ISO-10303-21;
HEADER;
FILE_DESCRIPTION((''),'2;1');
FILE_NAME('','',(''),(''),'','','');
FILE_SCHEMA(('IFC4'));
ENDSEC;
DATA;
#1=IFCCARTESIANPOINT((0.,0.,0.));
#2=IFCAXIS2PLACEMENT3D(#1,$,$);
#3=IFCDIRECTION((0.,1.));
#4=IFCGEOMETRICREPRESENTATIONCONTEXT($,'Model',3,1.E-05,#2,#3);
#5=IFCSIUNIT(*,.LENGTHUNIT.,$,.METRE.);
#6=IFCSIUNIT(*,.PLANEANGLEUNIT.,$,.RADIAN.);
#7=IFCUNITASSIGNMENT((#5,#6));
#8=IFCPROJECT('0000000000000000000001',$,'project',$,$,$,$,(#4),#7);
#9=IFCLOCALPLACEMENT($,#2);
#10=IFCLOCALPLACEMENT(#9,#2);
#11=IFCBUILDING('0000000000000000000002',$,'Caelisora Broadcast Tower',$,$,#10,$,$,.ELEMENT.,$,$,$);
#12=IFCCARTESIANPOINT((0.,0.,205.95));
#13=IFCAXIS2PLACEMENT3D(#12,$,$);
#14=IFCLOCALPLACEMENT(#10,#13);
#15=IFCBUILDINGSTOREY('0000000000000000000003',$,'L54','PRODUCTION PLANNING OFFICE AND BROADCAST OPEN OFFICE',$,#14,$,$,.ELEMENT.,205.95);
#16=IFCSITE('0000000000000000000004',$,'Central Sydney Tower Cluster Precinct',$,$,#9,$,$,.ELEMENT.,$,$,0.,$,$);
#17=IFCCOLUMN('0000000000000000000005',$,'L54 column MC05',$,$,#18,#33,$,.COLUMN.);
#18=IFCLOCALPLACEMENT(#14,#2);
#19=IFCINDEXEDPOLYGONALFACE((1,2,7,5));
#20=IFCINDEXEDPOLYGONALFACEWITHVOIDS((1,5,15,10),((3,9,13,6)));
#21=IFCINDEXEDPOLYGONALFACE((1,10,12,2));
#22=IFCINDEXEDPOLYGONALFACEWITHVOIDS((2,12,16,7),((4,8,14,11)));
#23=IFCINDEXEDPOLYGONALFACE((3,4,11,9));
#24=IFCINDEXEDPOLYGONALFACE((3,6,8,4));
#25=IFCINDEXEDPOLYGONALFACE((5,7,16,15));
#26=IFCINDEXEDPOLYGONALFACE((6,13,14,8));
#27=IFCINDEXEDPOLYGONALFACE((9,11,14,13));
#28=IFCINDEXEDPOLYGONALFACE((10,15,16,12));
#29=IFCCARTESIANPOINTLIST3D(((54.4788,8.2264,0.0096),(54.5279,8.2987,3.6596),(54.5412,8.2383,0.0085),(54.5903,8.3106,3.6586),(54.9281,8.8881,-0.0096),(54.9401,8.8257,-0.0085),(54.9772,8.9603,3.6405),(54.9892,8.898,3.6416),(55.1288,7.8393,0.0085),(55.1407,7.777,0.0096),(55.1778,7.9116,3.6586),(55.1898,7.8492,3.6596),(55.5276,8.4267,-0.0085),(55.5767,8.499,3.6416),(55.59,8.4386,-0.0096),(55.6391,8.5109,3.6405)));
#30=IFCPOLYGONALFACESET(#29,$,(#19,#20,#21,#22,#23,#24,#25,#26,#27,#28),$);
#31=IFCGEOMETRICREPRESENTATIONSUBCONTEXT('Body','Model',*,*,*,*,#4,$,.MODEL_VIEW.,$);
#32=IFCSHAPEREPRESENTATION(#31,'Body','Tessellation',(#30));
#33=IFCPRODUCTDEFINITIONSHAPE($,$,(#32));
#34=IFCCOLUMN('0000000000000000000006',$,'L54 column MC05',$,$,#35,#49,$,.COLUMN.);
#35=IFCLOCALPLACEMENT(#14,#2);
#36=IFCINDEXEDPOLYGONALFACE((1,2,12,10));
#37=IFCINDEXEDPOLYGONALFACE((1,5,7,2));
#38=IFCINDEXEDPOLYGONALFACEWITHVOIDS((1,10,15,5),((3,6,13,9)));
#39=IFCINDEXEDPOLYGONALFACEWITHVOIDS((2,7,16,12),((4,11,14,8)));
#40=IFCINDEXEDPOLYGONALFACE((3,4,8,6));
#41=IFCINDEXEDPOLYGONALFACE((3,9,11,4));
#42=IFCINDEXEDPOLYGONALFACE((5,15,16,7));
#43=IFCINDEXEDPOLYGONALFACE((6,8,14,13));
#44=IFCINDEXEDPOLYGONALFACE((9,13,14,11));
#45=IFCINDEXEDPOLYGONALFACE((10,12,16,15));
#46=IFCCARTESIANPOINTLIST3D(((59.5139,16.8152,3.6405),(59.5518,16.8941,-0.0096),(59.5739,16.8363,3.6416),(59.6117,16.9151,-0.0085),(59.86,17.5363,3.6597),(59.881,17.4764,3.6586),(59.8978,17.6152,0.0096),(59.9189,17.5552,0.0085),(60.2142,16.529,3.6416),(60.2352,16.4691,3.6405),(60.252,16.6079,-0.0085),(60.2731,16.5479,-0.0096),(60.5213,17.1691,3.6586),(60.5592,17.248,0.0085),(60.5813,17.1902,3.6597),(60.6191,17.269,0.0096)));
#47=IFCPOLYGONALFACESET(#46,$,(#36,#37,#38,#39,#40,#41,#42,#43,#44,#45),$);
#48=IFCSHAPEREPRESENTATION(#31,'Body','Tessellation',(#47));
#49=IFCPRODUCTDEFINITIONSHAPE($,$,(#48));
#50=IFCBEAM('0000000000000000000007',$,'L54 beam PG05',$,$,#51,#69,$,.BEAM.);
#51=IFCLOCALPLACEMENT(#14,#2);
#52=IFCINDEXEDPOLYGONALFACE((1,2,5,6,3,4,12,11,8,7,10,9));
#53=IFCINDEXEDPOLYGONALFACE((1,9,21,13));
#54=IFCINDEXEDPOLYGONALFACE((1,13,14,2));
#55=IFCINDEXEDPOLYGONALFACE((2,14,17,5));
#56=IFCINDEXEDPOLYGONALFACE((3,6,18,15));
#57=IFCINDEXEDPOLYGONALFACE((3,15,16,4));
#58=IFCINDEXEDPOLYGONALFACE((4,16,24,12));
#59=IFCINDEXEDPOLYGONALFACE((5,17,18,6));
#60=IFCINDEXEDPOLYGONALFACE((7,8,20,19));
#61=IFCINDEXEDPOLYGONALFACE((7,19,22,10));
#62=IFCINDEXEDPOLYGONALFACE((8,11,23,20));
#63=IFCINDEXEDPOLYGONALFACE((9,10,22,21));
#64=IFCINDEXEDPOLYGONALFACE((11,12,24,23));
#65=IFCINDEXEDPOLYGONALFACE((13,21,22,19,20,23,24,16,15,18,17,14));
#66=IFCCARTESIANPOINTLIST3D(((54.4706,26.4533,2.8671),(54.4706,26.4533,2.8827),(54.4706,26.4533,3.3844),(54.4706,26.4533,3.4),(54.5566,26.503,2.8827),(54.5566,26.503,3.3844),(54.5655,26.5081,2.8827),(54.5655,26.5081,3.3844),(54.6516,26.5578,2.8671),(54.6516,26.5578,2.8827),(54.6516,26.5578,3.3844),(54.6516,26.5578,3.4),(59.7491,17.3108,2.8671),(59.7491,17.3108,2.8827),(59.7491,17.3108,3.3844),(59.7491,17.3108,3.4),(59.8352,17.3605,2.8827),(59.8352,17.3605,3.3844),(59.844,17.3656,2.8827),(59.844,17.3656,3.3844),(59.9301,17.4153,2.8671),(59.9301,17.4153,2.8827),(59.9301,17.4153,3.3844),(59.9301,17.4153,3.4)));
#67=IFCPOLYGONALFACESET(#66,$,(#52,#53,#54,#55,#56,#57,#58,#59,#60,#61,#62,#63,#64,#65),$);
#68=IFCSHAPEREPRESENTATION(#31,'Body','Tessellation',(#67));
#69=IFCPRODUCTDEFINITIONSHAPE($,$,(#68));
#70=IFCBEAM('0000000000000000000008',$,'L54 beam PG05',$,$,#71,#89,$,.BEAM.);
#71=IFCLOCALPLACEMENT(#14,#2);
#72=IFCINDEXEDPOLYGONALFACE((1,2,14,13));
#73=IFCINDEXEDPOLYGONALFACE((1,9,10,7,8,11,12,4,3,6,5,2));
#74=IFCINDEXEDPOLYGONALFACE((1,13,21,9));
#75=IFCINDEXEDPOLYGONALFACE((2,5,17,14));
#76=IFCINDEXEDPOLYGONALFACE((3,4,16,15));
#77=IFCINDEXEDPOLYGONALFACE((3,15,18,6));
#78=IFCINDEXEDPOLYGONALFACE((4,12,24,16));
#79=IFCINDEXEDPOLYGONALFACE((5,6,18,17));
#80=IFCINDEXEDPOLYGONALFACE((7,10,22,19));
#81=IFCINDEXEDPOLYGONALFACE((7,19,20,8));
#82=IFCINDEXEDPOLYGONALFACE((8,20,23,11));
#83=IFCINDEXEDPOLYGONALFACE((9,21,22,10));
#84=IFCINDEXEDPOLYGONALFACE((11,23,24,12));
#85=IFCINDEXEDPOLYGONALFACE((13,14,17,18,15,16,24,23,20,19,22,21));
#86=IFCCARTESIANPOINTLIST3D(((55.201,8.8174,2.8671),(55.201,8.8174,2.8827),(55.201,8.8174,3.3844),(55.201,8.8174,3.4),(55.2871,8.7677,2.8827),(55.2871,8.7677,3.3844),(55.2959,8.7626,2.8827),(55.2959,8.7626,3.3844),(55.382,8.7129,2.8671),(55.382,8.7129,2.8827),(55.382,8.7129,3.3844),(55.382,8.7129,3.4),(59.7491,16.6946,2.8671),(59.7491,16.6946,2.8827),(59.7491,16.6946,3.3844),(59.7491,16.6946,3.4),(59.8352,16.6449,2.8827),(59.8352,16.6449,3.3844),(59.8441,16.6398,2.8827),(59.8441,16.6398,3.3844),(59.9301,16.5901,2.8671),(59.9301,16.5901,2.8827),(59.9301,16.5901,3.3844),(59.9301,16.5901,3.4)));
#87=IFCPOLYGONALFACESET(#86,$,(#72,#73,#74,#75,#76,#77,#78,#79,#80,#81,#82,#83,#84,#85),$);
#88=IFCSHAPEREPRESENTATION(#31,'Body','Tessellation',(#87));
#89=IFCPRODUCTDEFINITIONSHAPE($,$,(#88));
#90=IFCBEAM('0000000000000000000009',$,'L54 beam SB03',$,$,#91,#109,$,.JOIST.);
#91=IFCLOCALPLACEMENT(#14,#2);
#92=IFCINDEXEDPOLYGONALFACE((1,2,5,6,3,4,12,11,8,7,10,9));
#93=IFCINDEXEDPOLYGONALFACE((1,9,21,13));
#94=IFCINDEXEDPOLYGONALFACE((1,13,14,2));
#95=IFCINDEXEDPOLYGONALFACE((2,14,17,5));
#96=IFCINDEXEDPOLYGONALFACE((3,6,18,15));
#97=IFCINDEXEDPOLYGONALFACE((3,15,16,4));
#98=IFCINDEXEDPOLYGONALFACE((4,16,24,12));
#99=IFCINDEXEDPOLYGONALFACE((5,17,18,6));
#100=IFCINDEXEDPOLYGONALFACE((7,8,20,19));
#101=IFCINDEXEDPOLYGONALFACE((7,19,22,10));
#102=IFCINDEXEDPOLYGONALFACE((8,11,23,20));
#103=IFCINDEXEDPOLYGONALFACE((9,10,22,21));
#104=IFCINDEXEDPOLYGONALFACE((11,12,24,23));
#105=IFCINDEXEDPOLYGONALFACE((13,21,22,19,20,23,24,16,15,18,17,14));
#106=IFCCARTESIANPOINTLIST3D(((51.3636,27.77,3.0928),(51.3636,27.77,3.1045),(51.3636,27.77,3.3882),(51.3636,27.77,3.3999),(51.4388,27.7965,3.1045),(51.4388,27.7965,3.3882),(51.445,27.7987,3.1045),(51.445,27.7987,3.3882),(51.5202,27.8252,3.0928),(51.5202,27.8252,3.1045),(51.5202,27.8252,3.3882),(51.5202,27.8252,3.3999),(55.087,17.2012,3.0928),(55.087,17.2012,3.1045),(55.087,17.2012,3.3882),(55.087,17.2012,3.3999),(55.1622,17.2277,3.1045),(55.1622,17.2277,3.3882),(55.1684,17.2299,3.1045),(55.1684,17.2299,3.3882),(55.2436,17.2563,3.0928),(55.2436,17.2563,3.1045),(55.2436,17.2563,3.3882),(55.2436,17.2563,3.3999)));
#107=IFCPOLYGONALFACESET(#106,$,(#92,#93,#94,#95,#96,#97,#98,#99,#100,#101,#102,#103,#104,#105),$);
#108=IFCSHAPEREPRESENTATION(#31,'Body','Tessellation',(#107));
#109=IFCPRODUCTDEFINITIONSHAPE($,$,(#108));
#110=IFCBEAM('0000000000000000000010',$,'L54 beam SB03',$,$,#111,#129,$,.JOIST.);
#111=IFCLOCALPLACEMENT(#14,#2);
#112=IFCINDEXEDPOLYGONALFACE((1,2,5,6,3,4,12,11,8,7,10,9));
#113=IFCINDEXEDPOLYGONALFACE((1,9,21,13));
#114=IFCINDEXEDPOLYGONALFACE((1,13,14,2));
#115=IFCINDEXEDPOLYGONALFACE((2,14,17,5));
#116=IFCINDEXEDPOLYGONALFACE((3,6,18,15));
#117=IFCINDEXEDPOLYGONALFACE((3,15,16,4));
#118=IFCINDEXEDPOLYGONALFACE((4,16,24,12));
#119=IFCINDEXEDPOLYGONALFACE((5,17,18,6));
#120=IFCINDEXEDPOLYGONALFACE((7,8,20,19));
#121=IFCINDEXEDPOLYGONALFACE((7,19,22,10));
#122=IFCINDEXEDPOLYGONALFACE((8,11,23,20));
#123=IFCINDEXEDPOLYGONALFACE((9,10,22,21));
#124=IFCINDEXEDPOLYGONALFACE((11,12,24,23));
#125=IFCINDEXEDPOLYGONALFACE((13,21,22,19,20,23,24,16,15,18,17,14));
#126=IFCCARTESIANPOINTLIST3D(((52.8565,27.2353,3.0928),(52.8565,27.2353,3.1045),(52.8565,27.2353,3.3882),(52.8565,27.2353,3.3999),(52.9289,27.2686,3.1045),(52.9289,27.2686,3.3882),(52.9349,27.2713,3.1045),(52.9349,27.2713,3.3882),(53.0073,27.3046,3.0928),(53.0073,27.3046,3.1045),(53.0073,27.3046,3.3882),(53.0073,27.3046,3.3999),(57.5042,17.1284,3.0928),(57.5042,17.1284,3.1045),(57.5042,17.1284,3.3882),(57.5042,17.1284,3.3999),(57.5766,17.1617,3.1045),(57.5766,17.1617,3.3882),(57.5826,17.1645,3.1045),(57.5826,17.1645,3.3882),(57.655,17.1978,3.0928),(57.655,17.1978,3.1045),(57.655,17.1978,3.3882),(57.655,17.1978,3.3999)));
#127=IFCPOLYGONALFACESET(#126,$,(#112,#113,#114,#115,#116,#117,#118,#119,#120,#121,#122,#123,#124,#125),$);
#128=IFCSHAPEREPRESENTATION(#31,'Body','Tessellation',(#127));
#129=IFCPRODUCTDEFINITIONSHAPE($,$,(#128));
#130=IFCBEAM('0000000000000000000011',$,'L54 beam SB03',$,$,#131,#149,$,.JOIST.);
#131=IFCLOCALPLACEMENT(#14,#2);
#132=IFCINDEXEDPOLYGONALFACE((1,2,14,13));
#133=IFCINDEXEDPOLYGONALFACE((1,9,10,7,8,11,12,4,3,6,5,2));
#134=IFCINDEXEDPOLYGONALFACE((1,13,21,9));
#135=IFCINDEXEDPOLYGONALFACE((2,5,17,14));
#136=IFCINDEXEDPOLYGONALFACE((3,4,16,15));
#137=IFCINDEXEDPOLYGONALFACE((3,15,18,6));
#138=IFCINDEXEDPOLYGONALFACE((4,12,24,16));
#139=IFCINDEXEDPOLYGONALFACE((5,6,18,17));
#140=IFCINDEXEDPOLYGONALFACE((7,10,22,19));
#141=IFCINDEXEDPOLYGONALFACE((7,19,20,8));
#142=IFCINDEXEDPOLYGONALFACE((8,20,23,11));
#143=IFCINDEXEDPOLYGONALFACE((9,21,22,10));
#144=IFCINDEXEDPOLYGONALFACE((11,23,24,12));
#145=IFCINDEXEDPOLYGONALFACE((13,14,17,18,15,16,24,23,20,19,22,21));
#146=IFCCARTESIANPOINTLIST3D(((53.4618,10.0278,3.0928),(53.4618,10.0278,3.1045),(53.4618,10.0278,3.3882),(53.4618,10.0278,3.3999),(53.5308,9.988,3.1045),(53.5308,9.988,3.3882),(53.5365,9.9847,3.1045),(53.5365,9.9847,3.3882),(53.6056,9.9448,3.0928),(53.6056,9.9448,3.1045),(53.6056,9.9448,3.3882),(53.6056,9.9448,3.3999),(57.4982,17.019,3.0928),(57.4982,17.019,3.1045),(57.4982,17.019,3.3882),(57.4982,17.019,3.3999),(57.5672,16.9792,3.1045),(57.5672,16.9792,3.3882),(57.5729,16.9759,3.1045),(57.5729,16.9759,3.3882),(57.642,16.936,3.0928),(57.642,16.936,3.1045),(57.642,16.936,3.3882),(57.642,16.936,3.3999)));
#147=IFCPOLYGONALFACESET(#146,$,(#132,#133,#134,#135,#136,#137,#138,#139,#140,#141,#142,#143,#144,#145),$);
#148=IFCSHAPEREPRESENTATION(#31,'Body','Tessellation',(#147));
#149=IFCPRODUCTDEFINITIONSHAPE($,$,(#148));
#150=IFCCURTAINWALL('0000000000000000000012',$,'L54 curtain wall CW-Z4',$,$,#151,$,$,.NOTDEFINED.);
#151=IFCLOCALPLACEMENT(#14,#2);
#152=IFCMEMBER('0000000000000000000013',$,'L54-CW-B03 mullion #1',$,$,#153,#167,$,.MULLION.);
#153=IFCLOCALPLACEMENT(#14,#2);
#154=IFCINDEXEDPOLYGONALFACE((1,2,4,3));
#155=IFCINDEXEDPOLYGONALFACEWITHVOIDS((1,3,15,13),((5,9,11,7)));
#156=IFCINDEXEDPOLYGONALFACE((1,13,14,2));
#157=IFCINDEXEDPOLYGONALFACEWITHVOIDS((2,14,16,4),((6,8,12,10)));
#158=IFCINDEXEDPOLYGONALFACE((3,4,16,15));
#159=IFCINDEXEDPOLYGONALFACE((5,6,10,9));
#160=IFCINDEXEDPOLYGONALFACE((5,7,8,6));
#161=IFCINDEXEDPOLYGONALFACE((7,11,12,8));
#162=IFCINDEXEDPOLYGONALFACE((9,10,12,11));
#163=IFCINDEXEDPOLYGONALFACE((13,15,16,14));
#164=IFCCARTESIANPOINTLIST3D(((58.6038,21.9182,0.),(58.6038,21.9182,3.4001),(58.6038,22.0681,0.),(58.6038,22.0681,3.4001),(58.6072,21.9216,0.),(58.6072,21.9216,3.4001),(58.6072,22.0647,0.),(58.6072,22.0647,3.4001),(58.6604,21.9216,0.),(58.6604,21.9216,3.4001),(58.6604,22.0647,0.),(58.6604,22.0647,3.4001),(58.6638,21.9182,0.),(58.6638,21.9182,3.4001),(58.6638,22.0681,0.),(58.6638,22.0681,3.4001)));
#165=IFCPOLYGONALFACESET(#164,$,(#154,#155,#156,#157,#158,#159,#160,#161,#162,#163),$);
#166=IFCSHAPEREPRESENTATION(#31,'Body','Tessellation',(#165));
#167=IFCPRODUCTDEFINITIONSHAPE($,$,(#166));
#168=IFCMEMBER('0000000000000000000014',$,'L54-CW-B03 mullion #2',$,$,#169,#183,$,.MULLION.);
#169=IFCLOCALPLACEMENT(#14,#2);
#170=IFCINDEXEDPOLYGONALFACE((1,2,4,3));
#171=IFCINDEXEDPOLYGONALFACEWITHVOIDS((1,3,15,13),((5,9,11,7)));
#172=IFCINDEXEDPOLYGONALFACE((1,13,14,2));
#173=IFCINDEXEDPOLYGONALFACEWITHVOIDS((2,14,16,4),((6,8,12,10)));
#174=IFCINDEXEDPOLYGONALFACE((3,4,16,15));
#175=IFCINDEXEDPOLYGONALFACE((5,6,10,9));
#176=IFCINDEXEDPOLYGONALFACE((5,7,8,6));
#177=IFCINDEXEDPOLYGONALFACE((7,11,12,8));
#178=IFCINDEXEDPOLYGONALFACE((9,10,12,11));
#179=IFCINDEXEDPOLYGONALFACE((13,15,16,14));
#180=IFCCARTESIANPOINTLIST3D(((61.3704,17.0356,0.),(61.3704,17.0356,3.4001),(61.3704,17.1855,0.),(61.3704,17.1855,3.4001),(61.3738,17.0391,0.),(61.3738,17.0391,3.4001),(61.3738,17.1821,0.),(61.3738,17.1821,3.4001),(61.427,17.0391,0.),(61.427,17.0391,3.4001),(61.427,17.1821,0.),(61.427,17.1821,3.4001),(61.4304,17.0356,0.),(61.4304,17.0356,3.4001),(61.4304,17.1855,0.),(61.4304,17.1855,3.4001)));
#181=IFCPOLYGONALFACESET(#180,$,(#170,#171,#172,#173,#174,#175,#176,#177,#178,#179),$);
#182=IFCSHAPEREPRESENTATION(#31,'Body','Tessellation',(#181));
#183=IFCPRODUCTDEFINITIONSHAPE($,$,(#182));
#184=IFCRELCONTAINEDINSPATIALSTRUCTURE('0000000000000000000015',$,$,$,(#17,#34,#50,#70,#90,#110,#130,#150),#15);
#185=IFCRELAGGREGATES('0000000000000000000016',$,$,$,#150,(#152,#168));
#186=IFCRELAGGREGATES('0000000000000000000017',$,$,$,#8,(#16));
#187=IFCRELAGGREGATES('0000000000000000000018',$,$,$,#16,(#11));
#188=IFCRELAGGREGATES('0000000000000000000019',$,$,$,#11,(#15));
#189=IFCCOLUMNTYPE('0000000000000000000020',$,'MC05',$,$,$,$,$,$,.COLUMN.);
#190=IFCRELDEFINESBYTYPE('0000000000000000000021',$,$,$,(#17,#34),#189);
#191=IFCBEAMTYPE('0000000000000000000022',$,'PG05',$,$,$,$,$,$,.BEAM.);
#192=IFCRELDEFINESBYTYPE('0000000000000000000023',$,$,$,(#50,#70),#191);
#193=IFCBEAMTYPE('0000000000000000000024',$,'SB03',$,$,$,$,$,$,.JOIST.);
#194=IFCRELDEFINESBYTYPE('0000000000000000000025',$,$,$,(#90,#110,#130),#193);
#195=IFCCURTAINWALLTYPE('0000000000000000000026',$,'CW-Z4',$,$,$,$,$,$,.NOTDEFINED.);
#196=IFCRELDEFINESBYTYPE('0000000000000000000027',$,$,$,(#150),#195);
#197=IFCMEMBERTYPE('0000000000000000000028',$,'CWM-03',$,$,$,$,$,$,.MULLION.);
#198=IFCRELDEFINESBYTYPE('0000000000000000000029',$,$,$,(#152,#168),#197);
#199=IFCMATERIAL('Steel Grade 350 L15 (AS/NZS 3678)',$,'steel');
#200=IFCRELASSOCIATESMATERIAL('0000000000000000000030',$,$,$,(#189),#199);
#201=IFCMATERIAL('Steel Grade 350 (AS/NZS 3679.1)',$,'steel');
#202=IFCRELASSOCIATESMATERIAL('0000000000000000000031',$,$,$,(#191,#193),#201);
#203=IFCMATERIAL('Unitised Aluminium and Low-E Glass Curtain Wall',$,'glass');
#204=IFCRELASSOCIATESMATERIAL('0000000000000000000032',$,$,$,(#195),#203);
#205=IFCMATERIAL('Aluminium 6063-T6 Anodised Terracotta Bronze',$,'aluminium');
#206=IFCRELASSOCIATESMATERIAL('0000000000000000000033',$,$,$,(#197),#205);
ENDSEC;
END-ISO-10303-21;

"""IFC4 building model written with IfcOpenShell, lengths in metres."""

from ifc_helpers import new_model, si_unit, direction, frame, origin, origin_2d, place, context, subcontext, project, spatial, hollow_rectangle, i_section, extrude, source, transform, mapped, material, material_profile, profile_set, type_object, type_shapes, element, aggregate, save


model = new_model("IFC4")

# Units and contexts
model_context = context("Model", 3, precision=1e-05, world=origin(), true_north=direction((0.0, 1.0)))
body_context = subcontext(model_context, "Body", "Model", "MODEL_VIEW")
ifc_project = project(units=[si_unit("LENGTHUNIT", "METRE"), si_unit("PLANEANGLEUNIT", "RADIAN")], contexts=[model_context])

# Site, building, storey
site_placement = place(None, origin())
site = spatial("IfcSite", under=ifc_project, at=site_placement, Name="Central Sydney Tower Cluster Precinct", CompositionType="ELEMENT", RefElevation=0.0)
building_placement = place(site_placement, origin())
building = spatial("IfcBuilding", under=site, at=building_placement, Name="Caelisora Broadcast Tower", CompositionType="ELEMENT")
storey_placement = place(building_placement, frame((0.0, 0.0, 205.95)))
storey = spatial("IfcBuildingStorey", under=building, at=storey_placement, Name="L54", Description="PRODUCTION PLANNING OFFICE AND BROADCAST OPEN OFFICE", CompositionType="ELEMENT", Elevation=205.95)

# Columns
ifc_material_1 = material(Name="Steel Grade 350 L15 (AS/NZS 3678)", Category="steel")
ifc_material_profile_1 = material_profile(ifc_material_1, hollow_rectangle(XDim=0.8, YDim=0.8, WallThickness=0.0449, at=origin_2d()), Name="Steel Grade 350 L15 (AS/NZS 3678)")
ifc_profile_set_1 = profile_set([ifc_material_profile_1], Name="Steel Grade 350 L15 (AS/NZS 3678)")
column_type = type_object("IfcColumnType", Name="MC05", PredefinedType="COLUMN", material=ifc_profile_set_1)
shared_shape_1 = source(origin(), body_context, "Body", "SweptSolid", [
    extrude(hollow_rectangle(XDim=0.8, YDim=0.8, WallThickness=0.0449, at=origin_2d()), origin(), (0.0, 0.0, 1.0), 3.6511),
])
type_shapes(column_type, [shared_shape_1])
for number, where, z_axis, x_axis, name in (
    (1, (55.0344, 8.3325, 0.0), (0.01344, 0.019792, 0.999714), (-0.82729, 0.561775, 0.0), "L54 column MC05"),
    (2, (60.0854, 17.0815, 0.0), (-0.010364, -0.021598, 0.999713), (0.901567, -0.43264, 0.0), "L54 column MC05"),
):
    element("IfcColumn", number, at=place(storey_placement, frame(where, z_axis=z_axis, x_axis=x_axis)), inside=storey, type_object=column_type, Name=name, PredefinedType="COLUMN", context=body_context, shape_type="MappedRepresentation", body=[
        mapped(shared_shape_1, transform((0.0, 0.0, 0.0), scale=1.0)),
    ])

# Beams
ifc_material_2 = material(Name="Steel Grade 350 (AS/NZS 3679.1)", Category="steel")
ifc_material_profile_2 = material_profile(ifc_material_2, i_section(OverallWidth=0.209, OverallDepth=0.533, WebThickness=0.0103, FlangeThickness=0.0156, at=origin_2d()), Name="Steel Grade 350 (AS/NZS 3679.1)")
ifc_profile_set_2 = profile_set([ifc_material_profile_2], Name="Steel Grade 350 (AS/NZS 3679.1)")
beam_type_1 = type_object("IfcBeamType", Name="PG05", PredefinedType="BEAM", material=ifc_profile_set_2)
shared_shape_2 = source(origin(), body_context, "Body", "SweptSolid", [
    extrude(i_section(OverallWidth=0.209, OverallDepth=0.533, WebThickness=0.0103, FlangeThickness=0.0156, at=origin_2d()), origin(), (0.0, 0.0, 1.0), 10.5569),
])
beam_1_placement = place(storey_placement, frame((59.8396, 17.363, 3.1335), z_axis=(-0.500007, 0.866022, 0.0), x_axis=(-0.866022, -0.500007, 0.0)))
element("IfcBeam", 3, at=beam_1_placement, inside=storey, type_object=beam_type_1, Name="L54 beam PG05", PredefinedType="BEAM", context=body_context, shape_type="MappedRepresentation", body=[
    mapped(shared_shape_2, transform((0.0, 0.0, 0.0), scale=1.0)),
])
shared_shape_3 = source(origin(), body_context, "Body", "SweptSolid", [
    extrude(i_section(OverallWidth=0.209, OverallDepth=0.533, WebThickness=0.0103, FlangeThickness=0.0156, at=origin_2d()), origin(), (0.0, 0.0, 1.0), 9.0959),
])
type_shapes(beam_type_1, [shared_shape_2, shared_shape_3])
beam_2_placement = place(storey_placement, frame((55.2915, 8.7651, 3.1335), z_axis=(0.500016, 0.866016, 0.0), x_axis=(-0.866016, 0.500016, 0.0)))
element("IfcBeam", 4, at=beam_2_placement, inside=storey, type_object=beam_type_1, Name="L54 beam PG05", PredefinedType="BEAM", context=body_context, shape_type="MappedRepresentation", body=[
    mapped(shared_shape_3, transform((0.0, 0.0, 0.0), scale=1.0)),
])
ifc_material_profile_3 = material_profile(ifc_material_2, i_section(OverallWidth=0.166, OverallDepth=0.3071, WebThickness=0.0066, FlangeThickness=0.0117, at=origin_2d()), Name="Steel Grade 350 (AS/NZS 3679.1)")
ifc_profile_set_3 = profile_set([ifc_material_profile_3], Name="Steel Grade 350 (AS/NZS 3679.1)")
beam_type_2 = type_object("IfcBeamType", Name="SB03", PredefinedType="JOIST", material=ifc_profile_set_3)
shared_shape_4 = source(origin(), body_context, "Body", "SweptSolid", [
    extrude(i_section(OverallWidth=0.166, OverallDepth=0.3071, WebThickness=0.0066, FlangeThickness=0.0117, at=origin_2d()), origin(), (0.0, 0.0, 1.0), 11.2056),
])
beam_3_placement = place(storey_placement, frame((55.1653, 17.2288, 3.2463), z_axis=(-0.332281, 0.94318, 0.0), x_axis=(-0.94318, -0.332281, 0.0)))
element("IfcBeam", 5, at=beam_3_placement, inside=storey, type_object=beam_type_2, Name="L54 beam SB03", PredefinedType="JOIST", context=body_context, shape_type="MappedRepresentation", body=[
    mapped(shared_shape_4, transform((0.0, 0.0, 0.0), scale=1.0)),
])
shared_shape_5 = source(origin(), body_context, "Body", "SweptSolid", [
    extrude(i_section(OverallWidth=0.166, OverallDepth=0.3071, WebThickness=0.0066, FlangeThickness=0.0117, at=origin_2d()), origin(), (0.0, 0.0, 1.0), 11.1243),
])
beam_4_placement = place(storey_placement, frame((57.5796, 17.1631, 3.2463), z_axis=(-0.417795, 0.908541, 0.0), x_axis=(-0.908541, -0.417795, 0.0)))
element("IfcBeam", 6, at=beam_4_placement, inside=storey, type_object=beam_type_2, Name="L54 beam SB03", PredefinedType="JOIST", context=body_context, shape_type="MappedRepresentation", body=[
    mapped(shared_shape_5, transform((0.0, 0.0, 0.0), scale=1.0)),
])
shared_shape_6 = source(origin(), body_context, "Body", "SweptSolid", [
    extrude(i_section(OverallWidth=0.166, OverallDepth=0.3071, WebThickness=0.0066, FlangeThickness=0.0117, at=origin_2d()), origin(), (0.0, 0.0, 1.0), 8.0728),
])
type_shapes(beam_type_2, [shared_shape_4, shared_shape_5, shared_shape_6])
beam_5_placement = place(storey_placement, frame((53.5337, 9.9863, 3.2463), z_axis=(0.5, 0.866025, 0.0), x_axis=(-0.866025, 0.5, 0.0)))
element("IfcBeam", 7, at=beam_5_placement, inside=storey, type_object=beam_type_2, Name="L54 beam SB03", PredefinedType="JOIST", context=body_context, shape_type="MappedRepresentation", body=[
    mapped(shared_shape_6, transform((0.0, 0.0, 0.0), scale=1.0)),
])

# Curtain wall, members
ifc_material_3 = material(Name="Unitised Aluminium and Low-E Glass Curtain Wall", Category="glass")
curtain_wall_type = type_object("IfcCurtainWallType", Name="CW-Z4", PredefinedType="NOTDEFINED", material=ifc_material_3)
curtain_wall_1_placement = place(storey_placement, origin())
curtain_wall_1 = element("IfcCurtainWall", 8, at=curtain_wall_1_placement, inside=storey, type_object=curtain_wall_type, Name="L54 curtain wall CW-Z4", PredefinedType="NOTDEFINED")
ifc_material_4 = material(Name="Aluminium 6063-T6 Anodised Terracotta Bronze", Category="aluminium")
ifc_material_profile_4 = material_profile(ifc_material_4, hollow_rectangle(XDim=0.0601, YDim=0.1499, WallThickness=0.0034, at=origin_2d()), Name="Aluminium 6063-T6 Anodised Terracotta Bronze")
ifc_profile_set_4 = profile_set([ifc_material_profile_4], Name="Aluminium 6063-T6 Anodised Terracotta Bronze")
member_type_1 = type_object("IfcMemberType", Name="CWM-03", PredefinedType="MULLION", material=ifc_profile_set_4)
shared_shape_7 = source(origin(), body_context, "Body", "SweptSolid", [
    extrude(hollow_rectangle(XDim=0.0601, YDim=0.1499, WallThickness=0.0034, at=origin_2d()), origin(), (0.0, 0.0, 1.0), 3.4001),
])
type_shapes(member_type_1, [shared_shape_7])
member_1_placement = place(storey_placement, frame((58.6338, 21.9932, 0.0), z_axis=(0.0, 0.0, 1.0), x_axis=(1.0, 0.0, 0.0)))
member_1 = element("IfcMember", 9, at=member_1_placement, type_object=member_type_1, Name="L54-CW-B03 mullion #1", PredefinedType="MULLION", context=body_context, shape_type="MappedRepresentation", body=[
    mapped(shared_shape_7, transform((0.0, 0.0, 0.0), scale=1.0)),
])
member_2_placement = place(storey_placement, frame((61.4004, 17.1106, 0.0), z_axis=(0.0, 0.0, 1.0), x_axis=(1.0, 0.0, 0.0)))
member_2 = element("IfcMember", 10, at=member_2_placement, type_object=member_type_1, Name="L54-CW-B03 mullion #2", PredefinedType="MULLION", context=body_context, shape_type="MappedRepresentation", body=[
    mapped(shared_shape_7, transform((0.0, 0.0, 0.0), scale=1.0)),
])

aggregate(curtain_wall_1, [member_1, member_2])

save(model, "model.ifc")
